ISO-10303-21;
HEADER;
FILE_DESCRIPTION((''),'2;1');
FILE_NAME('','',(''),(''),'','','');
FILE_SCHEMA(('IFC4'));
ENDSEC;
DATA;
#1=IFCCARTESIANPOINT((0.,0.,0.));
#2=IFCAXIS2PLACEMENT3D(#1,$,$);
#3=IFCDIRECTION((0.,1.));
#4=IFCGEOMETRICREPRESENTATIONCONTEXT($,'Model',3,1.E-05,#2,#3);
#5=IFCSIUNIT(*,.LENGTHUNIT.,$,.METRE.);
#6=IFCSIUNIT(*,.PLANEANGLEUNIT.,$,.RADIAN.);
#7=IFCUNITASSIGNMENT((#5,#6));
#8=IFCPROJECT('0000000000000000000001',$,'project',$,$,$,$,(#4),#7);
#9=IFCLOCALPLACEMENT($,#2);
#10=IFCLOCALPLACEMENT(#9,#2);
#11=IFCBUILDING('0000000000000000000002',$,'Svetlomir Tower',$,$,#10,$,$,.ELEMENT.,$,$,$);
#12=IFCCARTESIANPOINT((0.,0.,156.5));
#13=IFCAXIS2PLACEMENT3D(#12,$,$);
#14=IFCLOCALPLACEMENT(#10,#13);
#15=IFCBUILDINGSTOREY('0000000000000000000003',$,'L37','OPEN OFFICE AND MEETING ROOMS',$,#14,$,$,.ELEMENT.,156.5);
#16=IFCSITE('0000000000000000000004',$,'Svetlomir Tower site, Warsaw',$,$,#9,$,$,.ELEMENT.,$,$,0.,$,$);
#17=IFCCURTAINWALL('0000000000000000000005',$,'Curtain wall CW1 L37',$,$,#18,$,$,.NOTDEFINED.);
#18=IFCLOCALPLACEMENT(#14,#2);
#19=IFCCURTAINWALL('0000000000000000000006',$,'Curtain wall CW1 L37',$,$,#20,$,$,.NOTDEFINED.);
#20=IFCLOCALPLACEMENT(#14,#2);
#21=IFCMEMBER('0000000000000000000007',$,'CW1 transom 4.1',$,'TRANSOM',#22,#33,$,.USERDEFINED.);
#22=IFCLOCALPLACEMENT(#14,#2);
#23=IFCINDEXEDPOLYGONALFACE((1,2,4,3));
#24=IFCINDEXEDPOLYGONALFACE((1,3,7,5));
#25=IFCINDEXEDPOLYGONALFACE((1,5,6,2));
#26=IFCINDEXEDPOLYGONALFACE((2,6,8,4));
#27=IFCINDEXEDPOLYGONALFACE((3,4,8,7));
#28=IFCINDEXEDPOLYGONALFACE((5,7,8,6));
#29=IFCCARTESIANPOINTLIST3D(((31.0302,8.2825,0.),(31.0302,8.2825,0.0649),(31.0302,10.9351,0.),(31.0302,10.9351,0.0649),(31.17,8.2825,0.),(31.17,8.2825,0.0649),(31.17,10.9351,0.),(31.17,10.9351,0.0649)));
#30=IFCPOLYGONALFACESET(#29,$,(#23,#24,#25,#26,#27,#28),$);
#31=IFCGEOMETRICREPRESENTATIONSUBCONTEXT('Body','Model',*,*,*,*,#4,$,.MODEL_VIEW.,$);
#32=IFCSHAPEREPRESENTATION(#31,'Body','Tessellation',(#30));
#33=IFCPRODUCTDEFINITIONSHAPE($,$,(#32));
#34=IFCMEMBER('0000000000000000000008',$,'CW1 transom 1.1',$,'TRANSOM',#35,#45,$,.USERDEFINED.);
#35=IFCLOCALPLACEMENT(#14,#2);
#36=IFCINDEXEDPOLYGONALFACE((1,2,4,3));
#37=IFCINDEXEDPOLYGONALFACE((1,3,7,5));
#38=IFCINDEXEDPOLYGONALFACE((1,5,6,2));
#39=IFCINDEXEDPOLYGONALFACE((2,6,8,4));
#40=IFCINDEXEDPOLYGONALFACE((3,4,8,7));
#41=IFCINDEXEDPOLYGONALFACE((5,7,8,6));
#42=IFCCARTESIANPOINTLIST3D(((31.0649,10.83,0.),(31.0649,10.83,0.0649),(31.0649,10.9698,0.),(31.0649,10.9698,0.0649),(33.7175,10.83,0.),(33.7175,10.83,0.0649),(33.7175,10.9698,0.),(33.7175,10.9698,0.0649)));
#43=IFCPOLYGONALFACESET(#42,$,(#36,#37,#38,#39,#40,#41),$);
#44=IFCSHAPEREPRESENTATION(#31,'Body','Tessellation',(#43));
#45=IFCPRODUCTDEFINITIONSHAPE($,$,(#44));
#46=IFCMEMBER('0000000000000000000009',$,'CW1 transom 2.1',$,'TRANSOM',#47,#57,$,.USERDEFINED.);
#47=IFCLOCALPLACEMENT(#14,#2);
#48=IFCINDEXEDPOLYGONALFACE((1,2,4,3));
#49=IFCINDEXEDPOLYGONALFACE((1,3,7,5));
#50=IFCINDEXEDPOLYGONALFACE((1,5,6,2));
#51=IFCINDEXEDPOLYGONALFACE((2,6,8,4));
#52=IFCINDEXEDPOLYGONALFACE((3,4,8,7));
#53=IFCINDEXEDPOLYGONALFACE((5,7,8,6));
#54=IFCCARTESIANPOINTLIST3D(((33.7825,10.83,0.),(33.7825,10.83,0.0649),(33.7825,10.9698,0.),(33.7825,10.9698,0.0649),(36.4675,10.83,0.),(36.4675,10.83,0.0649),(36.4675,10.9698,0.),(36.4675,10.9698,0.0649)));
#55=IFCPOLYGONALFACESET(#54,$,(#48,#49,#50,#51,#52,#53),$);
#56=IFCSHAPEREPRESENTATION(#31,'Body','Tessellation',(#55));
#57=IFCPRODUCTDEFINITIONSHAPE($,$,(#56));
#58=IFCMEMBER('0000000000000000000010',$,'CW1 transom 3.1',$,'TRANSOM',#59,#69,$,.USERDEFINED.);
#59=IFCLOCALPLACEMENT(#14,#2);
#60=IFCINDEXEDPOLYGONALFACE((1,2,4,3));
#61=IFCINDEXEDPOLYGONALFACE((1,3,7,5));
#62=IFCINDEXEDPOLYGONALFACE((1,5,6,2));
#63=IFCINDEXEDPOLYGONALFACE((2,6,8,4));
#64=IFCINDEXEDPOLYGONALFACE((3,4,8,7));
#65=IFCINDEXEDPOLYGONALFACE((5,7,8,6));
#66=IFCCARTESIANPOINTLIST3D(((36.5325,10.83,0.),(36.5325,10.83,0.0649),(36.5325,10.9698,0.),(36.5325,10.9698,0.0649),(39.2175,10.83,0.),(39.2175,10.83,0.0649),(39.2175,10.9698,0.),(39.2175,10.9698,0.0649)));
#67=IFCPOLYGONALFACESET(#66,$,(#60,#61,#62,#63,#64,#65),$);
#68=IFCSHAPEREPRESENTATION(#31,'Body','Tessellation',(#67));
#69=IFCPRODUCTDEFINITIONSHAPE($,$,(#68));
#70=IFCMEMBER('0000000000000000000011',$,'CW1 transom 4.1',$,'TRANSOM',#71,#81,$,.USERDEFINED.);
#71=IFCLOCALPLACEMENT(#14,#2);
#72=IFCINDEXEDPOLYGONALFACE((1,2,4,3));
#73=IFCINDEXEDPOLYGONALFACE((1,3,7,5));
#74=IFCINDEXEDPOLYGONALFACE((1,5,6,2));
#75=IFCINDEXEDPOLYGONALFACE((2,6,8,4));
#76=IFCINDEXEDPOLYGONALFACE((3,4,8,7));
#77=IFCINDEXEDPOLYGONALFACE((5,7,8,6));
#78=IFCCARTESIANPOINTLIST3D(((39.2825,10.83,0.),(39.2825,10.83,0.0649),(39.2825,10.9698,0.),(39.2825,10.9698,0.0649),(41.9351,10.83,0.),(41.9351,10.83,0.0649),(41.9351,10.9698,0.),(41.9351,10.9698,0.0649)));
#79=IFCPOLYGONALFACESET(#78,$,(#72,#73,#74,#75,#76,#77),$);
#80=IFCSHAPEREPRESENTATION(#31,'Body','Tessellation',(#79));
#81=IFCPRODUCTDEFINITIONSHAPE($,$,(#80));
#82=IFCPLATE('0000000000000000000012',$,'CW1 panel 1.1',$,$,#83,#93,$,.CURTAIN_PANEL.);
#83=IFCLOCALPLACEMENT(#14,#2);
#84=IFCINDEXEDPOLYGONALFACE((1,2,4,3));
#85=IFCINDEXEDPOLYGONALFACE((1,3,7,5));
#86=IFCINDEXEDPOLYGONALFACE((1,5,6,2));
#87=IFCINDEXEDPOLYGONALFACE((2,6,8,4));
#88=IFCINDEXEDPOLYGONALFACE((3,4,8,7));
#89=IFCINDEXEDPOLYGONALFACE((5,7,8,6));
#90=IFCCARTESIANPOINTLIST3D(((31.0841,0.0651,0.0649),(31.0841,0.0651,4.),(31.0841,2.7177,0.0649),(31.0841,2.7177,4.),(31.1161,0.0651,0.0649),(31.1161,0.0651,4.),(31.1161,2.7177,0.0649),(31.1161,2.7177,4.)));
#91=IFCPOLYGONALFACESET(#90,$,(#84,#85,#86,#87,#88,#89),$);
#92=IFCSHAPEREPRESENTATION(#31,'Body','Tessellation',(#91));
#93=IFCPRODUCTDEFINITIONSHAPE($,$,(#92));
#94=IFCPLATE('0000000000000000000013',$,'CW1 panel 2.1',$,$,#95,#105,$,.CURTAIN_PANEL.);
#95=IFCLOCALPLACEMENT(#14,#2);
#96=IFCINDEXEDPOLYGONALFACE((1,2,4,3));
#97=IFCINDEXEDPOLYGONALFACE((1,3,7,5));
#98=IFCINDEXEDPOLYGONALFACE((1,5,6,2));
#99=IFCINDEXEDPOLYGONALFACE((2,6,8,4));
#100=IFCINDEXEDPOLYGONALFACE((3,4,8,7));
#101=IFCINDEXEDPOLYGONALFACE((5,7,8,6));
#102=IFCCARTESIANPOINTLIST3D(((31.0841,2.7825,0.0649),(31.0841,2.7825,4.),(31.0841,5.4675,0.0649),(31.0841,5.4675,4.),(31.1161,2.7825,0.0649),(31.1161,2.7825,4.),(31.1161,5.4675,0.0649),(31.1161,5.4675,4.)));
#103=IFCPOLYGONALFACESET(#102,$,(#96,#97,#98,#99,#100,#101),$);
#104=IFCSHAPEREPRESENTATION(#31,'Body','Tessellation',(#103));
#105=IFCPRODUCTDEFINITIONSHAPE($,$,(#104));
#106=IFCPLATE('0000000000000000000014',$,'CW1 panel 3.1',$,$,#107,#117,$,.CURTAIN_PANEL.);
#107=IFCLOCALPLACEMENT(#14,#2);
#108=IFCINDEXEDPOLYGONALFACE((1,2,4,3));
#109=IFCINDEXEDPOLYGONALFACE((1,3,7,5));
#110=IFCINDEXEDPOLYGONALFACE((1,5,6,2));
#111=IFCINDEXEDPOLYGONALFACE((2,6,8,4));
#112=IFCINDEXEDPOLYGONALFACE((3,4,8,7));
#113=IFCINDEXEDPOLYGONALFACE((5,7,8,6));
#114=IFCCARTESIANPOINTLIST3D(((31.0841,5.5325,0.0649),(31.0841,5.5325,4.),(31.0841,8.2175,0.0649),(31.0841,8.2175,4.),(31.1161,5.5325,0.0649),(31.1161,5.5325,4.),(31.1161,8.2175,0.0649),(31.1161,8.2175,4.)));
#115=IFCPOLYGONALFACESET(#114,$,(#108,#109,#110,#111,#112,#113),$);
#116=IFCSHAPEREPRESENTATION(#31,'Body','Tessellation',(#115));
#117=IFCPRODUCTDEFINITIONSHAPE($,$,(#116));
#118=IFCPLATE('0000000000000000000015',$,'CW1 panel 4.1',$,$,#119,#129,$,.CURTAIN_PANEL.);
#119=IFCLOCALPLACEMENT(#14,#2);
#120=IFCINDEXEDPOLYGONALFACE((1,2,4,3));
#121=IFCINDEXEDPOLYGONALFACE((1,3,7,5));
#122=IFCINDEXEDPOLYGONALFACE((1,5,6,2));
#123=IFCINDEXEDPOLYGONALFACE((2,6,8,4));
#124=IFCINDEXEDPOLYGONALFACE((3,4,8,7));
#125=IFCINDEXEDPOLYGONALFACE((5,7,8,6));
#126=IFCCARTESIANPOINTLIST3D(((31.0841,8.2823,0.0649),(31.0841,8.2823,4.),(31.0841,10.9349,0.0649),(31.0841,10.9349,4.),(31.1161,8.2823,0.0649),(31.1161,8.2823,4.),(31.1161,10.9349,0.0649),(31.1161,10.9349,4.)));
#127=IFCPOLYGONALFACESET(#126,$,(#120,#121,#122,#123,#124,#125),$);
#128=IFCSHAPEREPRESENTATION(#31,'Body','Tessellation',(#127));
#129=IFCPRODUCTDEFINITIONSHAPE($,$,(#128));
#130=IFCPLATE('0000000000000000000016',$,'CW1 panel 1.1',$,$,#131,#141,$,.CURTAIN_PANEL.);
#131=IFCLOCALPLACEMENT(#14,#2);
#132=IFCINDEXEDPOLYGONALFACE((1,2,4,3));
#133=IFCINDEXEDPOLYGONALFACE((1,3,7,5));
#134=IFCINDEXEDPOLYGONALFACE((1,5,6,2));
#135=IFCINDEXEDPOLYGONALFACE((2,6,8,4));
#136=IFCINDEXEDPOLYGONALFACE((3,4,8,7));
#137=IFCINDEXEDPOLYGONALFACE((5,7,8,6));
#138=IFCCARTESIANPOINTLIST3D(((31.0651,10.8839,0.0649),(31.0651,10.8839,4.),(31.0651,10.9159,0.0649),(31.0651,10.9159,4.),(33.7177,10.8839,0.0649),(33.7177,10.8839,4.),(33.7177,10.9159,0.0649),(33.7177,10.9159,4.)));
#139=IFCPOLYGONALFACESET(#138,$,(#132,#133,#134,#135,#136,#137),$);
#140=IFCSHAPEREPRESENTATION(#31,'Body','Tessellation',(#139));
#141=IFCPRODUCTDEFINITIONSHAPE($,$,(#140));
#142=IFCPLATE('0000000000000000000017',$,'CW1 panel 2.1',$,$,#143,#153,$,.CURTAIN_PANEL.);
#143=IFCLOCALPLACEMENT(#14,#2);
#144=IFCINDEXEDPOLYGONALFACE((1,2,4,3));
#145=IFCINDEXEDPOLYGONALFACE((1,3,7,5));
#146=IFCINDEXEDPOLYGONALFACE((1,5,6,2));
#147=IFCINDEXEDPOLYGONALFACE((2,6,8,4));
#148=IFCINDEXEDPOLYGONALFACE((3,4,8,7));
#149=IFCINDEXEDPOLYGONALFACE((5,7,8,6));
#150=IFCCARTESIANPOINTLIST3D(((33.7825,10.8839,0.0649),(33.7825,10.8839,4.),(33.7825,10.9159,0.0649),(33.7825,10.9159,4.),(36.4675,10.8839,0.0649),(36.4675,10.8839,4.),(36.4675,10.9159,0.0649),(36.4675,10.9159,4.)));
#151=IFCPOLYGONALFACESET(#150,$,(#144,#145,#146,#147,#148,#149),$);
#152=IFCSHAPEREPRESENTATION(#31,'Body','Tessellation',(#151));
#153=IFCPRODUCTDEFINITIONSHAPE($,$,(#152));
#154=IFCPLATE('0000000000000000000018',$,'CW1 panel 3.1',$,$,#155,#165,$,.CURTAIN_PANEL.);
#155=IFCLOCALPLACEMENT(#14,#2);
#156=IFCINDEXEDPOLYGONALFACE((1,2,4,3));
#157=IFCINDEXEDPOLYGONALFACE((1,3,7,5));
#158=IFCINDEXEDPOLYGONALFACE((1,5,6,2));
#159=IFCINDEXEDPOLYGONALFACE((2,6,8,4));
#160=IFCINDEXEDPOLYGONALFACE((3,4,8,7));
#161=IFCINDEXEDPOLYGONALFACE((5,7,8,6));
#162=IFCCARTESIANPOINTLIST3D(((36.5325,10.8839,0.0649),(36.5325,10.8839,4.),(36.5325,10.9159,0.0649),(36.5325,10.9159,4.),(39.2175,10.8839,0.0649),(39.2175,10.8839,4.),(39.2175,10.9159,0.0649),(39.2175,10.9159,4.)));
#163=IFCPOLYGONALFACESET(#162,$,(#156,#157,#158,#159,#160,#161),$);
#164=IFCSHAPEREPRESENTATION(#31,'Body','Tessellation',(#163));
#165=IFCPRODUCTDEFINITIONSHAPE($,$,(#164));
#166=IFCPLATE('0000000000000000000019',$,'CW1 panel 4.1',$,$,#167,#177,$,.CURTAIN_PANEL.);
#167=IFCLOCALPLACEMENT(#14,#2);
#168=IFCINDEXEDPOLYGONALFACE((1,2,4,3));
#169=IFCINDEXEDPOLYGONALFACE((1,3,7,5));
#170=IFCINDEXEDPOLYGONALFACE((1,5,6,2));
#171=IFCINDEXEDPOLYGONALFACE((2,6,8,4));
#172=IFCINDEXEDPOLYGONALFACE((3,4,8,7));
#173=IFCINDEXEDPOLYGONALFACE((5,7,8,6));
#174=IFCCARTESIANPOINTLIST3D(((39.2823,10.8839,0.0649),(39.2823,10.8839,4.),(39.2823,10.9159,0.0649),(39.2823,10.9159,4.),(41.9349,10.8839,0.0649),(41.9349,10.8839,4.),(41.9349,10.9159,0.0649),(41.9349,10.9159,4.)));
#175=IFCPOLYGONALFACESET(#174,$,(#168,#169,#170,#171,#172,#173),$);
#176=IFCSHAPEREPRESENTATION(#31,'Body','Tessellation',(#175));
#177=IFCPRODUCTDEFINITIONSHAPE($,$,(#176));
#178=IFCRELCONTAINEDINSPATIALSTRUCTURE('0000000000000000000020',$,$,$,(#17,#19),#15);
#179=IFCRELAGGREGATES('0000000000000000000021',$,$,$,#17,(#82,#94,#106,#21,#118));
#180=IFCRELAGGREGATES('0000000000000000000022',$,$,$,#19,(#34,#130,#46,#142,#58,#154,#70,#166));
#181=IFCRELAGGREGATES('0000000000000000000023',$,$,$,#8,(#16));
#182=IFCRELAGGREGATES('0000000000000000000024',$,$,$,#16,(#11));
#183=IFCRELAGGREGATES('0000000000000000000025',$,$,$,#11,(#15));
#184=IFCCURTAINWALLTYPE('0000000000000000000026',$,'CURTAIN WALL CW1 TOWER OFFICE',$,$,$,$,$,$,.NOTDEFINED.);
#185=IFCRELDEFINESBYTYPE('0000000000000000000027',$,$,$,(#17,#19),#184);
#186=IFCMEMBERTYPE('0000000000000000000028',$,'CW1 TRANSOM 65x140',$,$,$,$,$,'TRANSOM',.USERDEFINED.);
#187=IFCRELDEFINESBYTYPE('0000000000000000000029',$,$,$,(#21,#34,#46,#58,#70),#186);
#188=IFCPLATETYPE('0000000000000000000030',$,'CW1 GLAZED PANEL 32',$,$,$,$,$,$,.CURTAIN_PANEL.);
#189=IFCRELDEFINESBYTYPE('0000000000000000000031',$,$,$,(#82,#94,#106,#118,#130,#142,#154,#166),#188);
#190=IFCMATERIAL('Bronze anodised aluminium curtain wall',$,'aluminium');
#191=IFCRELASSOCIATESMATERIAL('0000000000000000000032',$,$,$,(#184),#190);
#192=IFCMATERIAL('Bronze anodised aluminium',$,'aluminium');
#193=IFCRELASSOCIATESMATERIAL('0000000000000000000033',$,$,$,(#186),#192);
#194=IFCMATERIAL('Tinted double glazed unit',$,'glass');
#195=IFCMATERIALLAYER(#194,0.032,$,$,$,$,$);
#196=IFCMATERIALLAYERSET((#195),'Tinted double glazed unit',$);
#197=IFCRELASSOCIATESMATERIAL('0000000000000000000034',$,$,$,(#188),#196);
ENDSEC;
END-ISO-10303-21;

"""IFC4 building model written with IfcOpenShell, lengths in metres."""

from ifc_helpers import new_model, si_unit, direction, frame, origin, origin_2d, place, context, subcontext, project, spatial, rectangle, extrude, material, layer, layer_set, material_profile, profile_set, type_object, element, aggregate, save


model = new_model("IFC4")

# Units and contexts
model_context = context("Model", 3, precision=1e-05, world=origin(), true_north=direction((0.0, 1.0)))
body_context = subcontext(model_context, "Body", "Model", "MODEL_VIEW")
ifc_project = project(units=[si_unit("LENGTHUNIT", "METRE"), si_unit("PLANEANGLEUNIT", "RADIAN")], contexts=[model_context])

# Site, building, storey
site_placement = place(None, origin())
site = spatial("IfcSite", under=ifc_project, at=site_placement, Name="Svetlomir Tower site, Warsaw", CompositionType="ELEMENT", RefElevation=0.0)
building_placement = place(site_placement, origin())
building = spatial("IfcBuilding", under=site, at=building_placement, Name="Svetlomir Tower", CompositionType="ELEMENT")
storey_placement = place(building_placement, frame((0.0, 0.0, 156.5)))
storey = spatial("IfcBuildingStorey", under=building, at=storey_placement, Name="L37", Description="OPEN OFFICE AND MEETING ROOMS", CompositionType="ELEMENT", Elevation=156.5)

# Curtain walls
ifc_material_1 = material(Name="Bronze anodised aluminium curtain wall", Category="aluminium")
curtain_wall_type = type_object("IfcCurtainWallType", Name="CURTAIN WALL CW1 TOWER OFFICE", PredefinedType="NOTDEFINED", material=ifc_material_1)
curtain_wall_1_placement = place(storey_placement, origin())
curtain_wall_1 = element("IfcCurtainWall", 1, at=curtain_wall_1_placement, inside=storey, type_object=curtain_wall_type, Name="Curtain wall CW1 L37", PredefinedType="NOTDEFINED")
curtain_wall_2_placement = place(storey_placement, origin())
curtain_wall_2 = element("IfcCurtainWall", 2, at=curtain_wall_2_placement, inside=storey, type_object=curtain_wall_type, Name="Curtain wall CW1 L37", PredefinedType="NOTDEFINED")

# Members
ifc_material_2 = material(Name="Bronze anodised aluminium", Category="aluminium")
ifc_material_profile_1 = material_profile(ifc_material_2, rectangle(XDim=0.1399, YDim=0.0649, at=origin_2d()), Name="AL 140x65")
ifc_profile_set_1 = profile_set([ifc_material_profile_1], Name="Bronze anodised aluminium 6063-T6")
member_type_1 = type_object("IfcMemberType", Name="CW1 TRANSOM 65x140", ElementType="TRANSOM", PredefinedType="USERDEFINED", material=ifc_profile_set_1)
member_1_placement = place(storey_placement, frame((31.1001, 8.2825, 0.0325), z_axis=(0.0, 1.0, 0.0), x_axis=(-1.0, 0.0, 0.0)))
member_1 = element("IfcMember", 3, at=member_1_placement, type_object=member_type_1, Name="CW1 transom 4.1", ObjectType="TRANSOM", PredefinedType="USERDEFINED", context=body_context, shape_type="SweptSolid", body=[
    extrude(rectangle(XDim=0.1399, YDim=0.0649, at=origin_2d()), origin(), (0.0, 0.0, 1.0), 2.6526),
])
member_2_placement = place(storey_placement, frame((31.0649, 10.8999, 0.0325), z_axis=(1.0, 0.0, 0.0), x_axis=(0.0, 1.0, 0.0)))
member_2 = element("IfcMember", 4, at=member_2_placement, type_object=member_type_1, Name="CW1 transom 1.1", ObjectType="TRANSOM", PredefinedType="USERDEFINED", context=body_context, shape_type="SweptSolid", body=[
    extrude(rectangle(XDim=0.1399, YDim=0.0649, at=origin_2d()), origin(), (0.0, 0.0, 1.0), 2.6526),
])
member_3_placement = place(storey_placement, frame((33.7825, 10.8999, 0.0325), z_axis=(1.0, 0.0, 0.0), x_axis=(0.0, 1.0, 0.0)))
member_3 = element("IfcMember", 5, at=member_3_placement, type_object=member_type_1, Name="CW1 transom 2.1", ObjectType="TRANSOM", PredefinedType="USERDEFINED", context=body_context, shape_type="SweptSolid", body=[
    extrude(rectangle(XDim=0.1399, YDim=0.0649, at=origin_2d()), origin(), (0.0, 0.0, 1.0), 2.6851),
])
member_4_placement = place(storey_placement, frame((36.5325, 10.8999, 0.0325), z_axis=(1.0, 0.0, 0.0), x_axis=(0.0, 1.0, 0.0)))
member_4 = element("IfcMember", 6, at=member_4_placement, type_object=member_type_1, Name="CW1 transom 3.1", ObjectType="TRANSOM", PredefinedType="USERDEFINED", context=body_context, shape_type="SweptSolid", body=[
    extrude(rectangle(XDim=0.1399, YDim=0.0649, at=origin_2d()), origin(), (0.0, 0.0, 1.0), 2.6851),
])
member_5_placement = place(storey_placement, frame((39.2825, 10.8999, 0.0325), z_axis=(1.0, 0.0, 0.0), x_axis=(0.0, 1.0, 0.0)))
member_5 = element("IfcMember", 7, at=member_5_placement, type_object=member_type_1, Name="CW1 transom 4.1", ObjectType="TRANSOM", PredefinedType="USERDEFINED", context=body_context, shape_type="SweptSolid", body=[
    extrude(rectangle(XDim=0.1399, YDim=0.0649, at=origin_2d()), origin(), (0.0, 0.0, 1.0), 2.6526),
])

# Plates
ifc_material_3 = material(Name="Tinted double glazed unit", Category="glass")
ifc_layer = layer(ifc_material_3, 0.032)
ifc_layer_set = layer_set([ifc_layer], Name="Tinted double glazed unit")
plate_type = type_object("IfcPlateType", Name="CW1 GLAZED PANEL 32", PredefinedType="CURTAIN_PANEL", material=ifc_layer_set)
plate_1_placement = place(storey_placement, frame((31.1001, 1.3914, 0.0649), z_axis=(0.0, 0.0, 1.0), x_axis=(0.0, 1.0, 0.0)))
plate_1 = element("IfcPlate", 8, at=plate_1_placement, type_object=plate_type, Name="CW1 panel 1.1", PredefinedType="CURTAIN_PANEL", context=body_context, shape_type="SweptSolid", body=[
    extrude(rectangle(XDim=2.6526, YDim=0.032, at=origin_2d()), origin(), (0.0, 0.0, 1.0), 3.9351),
])
plate_2_placement = place(storey_placement, frame((31.1001, 4.125, 0.0649), z_axis=(0.0, 0.0, 1.0), x_axis=(0.0, 1.0, 0.0)))
plate_2 = element("IfcPlate", 9, at=plate_2_placement, type_object=plate_type, Name="CW1 panel 2.1", PredefinedType="CURTAIN_PANEL", context=body_context, shape_type="SweptSolid", body=[
    extrude(rectangle(XDim=2.6851, YDim=0.032, at=origin_2d()), origin(), (0.0, 0.0, 1.0), 3.9351),
])
plate_3_placement = place(storey_placement, frame((31.1001, 6.875, 0.0649), z_axis=(0.0, 0.0, 1.0), x_axis=(0.0, 1.0, 0.0)))
plate_3 = element("IfcPlate", 10, at=plate_3_placement, type_object=plate_type, Name="CW1 panel 3.1", PredefinedType="CURTAIN_PANEL", context=body_context, shape_type="SweptSolid", body=[
    extrude(rectangle(XDim=2.6851, YDim=0.032, at=origin_2d()), origin(), (0.0, 0.0, 1.0), 3.9351),
])
plate_4_placement = place(storey_placement, frame((31.1001, 9.6086, 0.0649), z_axis=(0.0, 0.0, 1.0), x_axis=(0.0, 1.0, 0.0)))
plate_4 = element("IfcPlate", 11, at=plate_4_placement, type_object=plate_type, Name="CW1 panel 4.1", PredefinedType="CURTAIN_PANEL", context=body_context, shape_type="SweptSolid", body=[
    extrude(rectangle(XDim=2.6526, YDim=0.032, at=origin_2d()), origin(), (0.0, 0.0, 1.0), 3.9351),
])
aggregate(curtain_wall_1, [plate_1, plate_2, plate_3, member_1, plate_4])
plate_5_placement = place(storey_placement, frame((32.3914, 10.8999, 0.0649), z_axis=(0.0, 0.0, 1.0), x_axis=(1.0, 0.0, 0.0)))
plate_5 = element("IfcPlate", 12, at=plate_5_placement, type_object=plate_type, Name="CW1 panel 1.1", PredefinedType="CURTAIN_PANEL", context=body_context, shape_type="SweptSolid", body=[
    extrude(rectangle(XDim=2.6526, YDim=0.032, at=origin_2d()), origin(), (0.0, 0.0, 1.0), 3.9351),
])
plate_6_placement = place(storey_placement, frame((35.125, 10.8999, 0.0649), z_axis=(0.0, 0.0, 1.0), x_axis=(1.0, 0.0, 0.0)))
plate_6 = element("IfcPlate", 13, at=plate_6_placement, type_object=plate_type, Name="CW1 panel 2.1", PredefinedType="CURTAIN_PANEL", context=body_context, shape_type="SweptSolid", body=[
    extrude(rectangle(XDim=2.6851, YDim=0.032, at=origin_2d()), origin(), (0.0, 0.0, 1.0), 3.9351),
])
plate_7_placement = place(storey_placement, frame((37.875, 10.8999, 0.0649), z_axis=(0.0, 0.0, 1.0), x_axis=(1.0, 0.0, 0.0)))
plate_7 = element("IfcPlate", 14, at=plate_7_placement, type_object=plate_type, Name="CW1 panel 3.1", PredefinedType="CURTAIN_PANEL", context=body_context, shape_type="SweptSolid", body=[
    extrude(rectangle(XDim=2.6851, YDim=0.032, at=origin_2d()), origin(), (0.0, 0.0, 1.0), 3.9351),
])
plate_8_placement = place(storey_placement, frame((40.6086, 10.8999, 0.0649), z_axis=(0.0, 0.0, 1.0), x_axis=(1.0, 0.0, 0.0)))
plate_8 = element("IfcPlate", 15, at=plate_8_placement, type_object=plate_type, Name="CW1 panel 4.1", PredefinedType="CURTAIN_PANEL", context=body_context, shape_type="SweptSolid", body=[
    extrude(rectangle(XDim=2.6526, YDim=0.032, at=origin_2d()), origin(), (0.0, 0.0, 1.0), 3.9351),
])
aggregate(curtain_wall_2, [member_2, plate_5, member_3, plate_6, member_4, plate_7, member_5, plate_8])

save(model, "model.ifc")
